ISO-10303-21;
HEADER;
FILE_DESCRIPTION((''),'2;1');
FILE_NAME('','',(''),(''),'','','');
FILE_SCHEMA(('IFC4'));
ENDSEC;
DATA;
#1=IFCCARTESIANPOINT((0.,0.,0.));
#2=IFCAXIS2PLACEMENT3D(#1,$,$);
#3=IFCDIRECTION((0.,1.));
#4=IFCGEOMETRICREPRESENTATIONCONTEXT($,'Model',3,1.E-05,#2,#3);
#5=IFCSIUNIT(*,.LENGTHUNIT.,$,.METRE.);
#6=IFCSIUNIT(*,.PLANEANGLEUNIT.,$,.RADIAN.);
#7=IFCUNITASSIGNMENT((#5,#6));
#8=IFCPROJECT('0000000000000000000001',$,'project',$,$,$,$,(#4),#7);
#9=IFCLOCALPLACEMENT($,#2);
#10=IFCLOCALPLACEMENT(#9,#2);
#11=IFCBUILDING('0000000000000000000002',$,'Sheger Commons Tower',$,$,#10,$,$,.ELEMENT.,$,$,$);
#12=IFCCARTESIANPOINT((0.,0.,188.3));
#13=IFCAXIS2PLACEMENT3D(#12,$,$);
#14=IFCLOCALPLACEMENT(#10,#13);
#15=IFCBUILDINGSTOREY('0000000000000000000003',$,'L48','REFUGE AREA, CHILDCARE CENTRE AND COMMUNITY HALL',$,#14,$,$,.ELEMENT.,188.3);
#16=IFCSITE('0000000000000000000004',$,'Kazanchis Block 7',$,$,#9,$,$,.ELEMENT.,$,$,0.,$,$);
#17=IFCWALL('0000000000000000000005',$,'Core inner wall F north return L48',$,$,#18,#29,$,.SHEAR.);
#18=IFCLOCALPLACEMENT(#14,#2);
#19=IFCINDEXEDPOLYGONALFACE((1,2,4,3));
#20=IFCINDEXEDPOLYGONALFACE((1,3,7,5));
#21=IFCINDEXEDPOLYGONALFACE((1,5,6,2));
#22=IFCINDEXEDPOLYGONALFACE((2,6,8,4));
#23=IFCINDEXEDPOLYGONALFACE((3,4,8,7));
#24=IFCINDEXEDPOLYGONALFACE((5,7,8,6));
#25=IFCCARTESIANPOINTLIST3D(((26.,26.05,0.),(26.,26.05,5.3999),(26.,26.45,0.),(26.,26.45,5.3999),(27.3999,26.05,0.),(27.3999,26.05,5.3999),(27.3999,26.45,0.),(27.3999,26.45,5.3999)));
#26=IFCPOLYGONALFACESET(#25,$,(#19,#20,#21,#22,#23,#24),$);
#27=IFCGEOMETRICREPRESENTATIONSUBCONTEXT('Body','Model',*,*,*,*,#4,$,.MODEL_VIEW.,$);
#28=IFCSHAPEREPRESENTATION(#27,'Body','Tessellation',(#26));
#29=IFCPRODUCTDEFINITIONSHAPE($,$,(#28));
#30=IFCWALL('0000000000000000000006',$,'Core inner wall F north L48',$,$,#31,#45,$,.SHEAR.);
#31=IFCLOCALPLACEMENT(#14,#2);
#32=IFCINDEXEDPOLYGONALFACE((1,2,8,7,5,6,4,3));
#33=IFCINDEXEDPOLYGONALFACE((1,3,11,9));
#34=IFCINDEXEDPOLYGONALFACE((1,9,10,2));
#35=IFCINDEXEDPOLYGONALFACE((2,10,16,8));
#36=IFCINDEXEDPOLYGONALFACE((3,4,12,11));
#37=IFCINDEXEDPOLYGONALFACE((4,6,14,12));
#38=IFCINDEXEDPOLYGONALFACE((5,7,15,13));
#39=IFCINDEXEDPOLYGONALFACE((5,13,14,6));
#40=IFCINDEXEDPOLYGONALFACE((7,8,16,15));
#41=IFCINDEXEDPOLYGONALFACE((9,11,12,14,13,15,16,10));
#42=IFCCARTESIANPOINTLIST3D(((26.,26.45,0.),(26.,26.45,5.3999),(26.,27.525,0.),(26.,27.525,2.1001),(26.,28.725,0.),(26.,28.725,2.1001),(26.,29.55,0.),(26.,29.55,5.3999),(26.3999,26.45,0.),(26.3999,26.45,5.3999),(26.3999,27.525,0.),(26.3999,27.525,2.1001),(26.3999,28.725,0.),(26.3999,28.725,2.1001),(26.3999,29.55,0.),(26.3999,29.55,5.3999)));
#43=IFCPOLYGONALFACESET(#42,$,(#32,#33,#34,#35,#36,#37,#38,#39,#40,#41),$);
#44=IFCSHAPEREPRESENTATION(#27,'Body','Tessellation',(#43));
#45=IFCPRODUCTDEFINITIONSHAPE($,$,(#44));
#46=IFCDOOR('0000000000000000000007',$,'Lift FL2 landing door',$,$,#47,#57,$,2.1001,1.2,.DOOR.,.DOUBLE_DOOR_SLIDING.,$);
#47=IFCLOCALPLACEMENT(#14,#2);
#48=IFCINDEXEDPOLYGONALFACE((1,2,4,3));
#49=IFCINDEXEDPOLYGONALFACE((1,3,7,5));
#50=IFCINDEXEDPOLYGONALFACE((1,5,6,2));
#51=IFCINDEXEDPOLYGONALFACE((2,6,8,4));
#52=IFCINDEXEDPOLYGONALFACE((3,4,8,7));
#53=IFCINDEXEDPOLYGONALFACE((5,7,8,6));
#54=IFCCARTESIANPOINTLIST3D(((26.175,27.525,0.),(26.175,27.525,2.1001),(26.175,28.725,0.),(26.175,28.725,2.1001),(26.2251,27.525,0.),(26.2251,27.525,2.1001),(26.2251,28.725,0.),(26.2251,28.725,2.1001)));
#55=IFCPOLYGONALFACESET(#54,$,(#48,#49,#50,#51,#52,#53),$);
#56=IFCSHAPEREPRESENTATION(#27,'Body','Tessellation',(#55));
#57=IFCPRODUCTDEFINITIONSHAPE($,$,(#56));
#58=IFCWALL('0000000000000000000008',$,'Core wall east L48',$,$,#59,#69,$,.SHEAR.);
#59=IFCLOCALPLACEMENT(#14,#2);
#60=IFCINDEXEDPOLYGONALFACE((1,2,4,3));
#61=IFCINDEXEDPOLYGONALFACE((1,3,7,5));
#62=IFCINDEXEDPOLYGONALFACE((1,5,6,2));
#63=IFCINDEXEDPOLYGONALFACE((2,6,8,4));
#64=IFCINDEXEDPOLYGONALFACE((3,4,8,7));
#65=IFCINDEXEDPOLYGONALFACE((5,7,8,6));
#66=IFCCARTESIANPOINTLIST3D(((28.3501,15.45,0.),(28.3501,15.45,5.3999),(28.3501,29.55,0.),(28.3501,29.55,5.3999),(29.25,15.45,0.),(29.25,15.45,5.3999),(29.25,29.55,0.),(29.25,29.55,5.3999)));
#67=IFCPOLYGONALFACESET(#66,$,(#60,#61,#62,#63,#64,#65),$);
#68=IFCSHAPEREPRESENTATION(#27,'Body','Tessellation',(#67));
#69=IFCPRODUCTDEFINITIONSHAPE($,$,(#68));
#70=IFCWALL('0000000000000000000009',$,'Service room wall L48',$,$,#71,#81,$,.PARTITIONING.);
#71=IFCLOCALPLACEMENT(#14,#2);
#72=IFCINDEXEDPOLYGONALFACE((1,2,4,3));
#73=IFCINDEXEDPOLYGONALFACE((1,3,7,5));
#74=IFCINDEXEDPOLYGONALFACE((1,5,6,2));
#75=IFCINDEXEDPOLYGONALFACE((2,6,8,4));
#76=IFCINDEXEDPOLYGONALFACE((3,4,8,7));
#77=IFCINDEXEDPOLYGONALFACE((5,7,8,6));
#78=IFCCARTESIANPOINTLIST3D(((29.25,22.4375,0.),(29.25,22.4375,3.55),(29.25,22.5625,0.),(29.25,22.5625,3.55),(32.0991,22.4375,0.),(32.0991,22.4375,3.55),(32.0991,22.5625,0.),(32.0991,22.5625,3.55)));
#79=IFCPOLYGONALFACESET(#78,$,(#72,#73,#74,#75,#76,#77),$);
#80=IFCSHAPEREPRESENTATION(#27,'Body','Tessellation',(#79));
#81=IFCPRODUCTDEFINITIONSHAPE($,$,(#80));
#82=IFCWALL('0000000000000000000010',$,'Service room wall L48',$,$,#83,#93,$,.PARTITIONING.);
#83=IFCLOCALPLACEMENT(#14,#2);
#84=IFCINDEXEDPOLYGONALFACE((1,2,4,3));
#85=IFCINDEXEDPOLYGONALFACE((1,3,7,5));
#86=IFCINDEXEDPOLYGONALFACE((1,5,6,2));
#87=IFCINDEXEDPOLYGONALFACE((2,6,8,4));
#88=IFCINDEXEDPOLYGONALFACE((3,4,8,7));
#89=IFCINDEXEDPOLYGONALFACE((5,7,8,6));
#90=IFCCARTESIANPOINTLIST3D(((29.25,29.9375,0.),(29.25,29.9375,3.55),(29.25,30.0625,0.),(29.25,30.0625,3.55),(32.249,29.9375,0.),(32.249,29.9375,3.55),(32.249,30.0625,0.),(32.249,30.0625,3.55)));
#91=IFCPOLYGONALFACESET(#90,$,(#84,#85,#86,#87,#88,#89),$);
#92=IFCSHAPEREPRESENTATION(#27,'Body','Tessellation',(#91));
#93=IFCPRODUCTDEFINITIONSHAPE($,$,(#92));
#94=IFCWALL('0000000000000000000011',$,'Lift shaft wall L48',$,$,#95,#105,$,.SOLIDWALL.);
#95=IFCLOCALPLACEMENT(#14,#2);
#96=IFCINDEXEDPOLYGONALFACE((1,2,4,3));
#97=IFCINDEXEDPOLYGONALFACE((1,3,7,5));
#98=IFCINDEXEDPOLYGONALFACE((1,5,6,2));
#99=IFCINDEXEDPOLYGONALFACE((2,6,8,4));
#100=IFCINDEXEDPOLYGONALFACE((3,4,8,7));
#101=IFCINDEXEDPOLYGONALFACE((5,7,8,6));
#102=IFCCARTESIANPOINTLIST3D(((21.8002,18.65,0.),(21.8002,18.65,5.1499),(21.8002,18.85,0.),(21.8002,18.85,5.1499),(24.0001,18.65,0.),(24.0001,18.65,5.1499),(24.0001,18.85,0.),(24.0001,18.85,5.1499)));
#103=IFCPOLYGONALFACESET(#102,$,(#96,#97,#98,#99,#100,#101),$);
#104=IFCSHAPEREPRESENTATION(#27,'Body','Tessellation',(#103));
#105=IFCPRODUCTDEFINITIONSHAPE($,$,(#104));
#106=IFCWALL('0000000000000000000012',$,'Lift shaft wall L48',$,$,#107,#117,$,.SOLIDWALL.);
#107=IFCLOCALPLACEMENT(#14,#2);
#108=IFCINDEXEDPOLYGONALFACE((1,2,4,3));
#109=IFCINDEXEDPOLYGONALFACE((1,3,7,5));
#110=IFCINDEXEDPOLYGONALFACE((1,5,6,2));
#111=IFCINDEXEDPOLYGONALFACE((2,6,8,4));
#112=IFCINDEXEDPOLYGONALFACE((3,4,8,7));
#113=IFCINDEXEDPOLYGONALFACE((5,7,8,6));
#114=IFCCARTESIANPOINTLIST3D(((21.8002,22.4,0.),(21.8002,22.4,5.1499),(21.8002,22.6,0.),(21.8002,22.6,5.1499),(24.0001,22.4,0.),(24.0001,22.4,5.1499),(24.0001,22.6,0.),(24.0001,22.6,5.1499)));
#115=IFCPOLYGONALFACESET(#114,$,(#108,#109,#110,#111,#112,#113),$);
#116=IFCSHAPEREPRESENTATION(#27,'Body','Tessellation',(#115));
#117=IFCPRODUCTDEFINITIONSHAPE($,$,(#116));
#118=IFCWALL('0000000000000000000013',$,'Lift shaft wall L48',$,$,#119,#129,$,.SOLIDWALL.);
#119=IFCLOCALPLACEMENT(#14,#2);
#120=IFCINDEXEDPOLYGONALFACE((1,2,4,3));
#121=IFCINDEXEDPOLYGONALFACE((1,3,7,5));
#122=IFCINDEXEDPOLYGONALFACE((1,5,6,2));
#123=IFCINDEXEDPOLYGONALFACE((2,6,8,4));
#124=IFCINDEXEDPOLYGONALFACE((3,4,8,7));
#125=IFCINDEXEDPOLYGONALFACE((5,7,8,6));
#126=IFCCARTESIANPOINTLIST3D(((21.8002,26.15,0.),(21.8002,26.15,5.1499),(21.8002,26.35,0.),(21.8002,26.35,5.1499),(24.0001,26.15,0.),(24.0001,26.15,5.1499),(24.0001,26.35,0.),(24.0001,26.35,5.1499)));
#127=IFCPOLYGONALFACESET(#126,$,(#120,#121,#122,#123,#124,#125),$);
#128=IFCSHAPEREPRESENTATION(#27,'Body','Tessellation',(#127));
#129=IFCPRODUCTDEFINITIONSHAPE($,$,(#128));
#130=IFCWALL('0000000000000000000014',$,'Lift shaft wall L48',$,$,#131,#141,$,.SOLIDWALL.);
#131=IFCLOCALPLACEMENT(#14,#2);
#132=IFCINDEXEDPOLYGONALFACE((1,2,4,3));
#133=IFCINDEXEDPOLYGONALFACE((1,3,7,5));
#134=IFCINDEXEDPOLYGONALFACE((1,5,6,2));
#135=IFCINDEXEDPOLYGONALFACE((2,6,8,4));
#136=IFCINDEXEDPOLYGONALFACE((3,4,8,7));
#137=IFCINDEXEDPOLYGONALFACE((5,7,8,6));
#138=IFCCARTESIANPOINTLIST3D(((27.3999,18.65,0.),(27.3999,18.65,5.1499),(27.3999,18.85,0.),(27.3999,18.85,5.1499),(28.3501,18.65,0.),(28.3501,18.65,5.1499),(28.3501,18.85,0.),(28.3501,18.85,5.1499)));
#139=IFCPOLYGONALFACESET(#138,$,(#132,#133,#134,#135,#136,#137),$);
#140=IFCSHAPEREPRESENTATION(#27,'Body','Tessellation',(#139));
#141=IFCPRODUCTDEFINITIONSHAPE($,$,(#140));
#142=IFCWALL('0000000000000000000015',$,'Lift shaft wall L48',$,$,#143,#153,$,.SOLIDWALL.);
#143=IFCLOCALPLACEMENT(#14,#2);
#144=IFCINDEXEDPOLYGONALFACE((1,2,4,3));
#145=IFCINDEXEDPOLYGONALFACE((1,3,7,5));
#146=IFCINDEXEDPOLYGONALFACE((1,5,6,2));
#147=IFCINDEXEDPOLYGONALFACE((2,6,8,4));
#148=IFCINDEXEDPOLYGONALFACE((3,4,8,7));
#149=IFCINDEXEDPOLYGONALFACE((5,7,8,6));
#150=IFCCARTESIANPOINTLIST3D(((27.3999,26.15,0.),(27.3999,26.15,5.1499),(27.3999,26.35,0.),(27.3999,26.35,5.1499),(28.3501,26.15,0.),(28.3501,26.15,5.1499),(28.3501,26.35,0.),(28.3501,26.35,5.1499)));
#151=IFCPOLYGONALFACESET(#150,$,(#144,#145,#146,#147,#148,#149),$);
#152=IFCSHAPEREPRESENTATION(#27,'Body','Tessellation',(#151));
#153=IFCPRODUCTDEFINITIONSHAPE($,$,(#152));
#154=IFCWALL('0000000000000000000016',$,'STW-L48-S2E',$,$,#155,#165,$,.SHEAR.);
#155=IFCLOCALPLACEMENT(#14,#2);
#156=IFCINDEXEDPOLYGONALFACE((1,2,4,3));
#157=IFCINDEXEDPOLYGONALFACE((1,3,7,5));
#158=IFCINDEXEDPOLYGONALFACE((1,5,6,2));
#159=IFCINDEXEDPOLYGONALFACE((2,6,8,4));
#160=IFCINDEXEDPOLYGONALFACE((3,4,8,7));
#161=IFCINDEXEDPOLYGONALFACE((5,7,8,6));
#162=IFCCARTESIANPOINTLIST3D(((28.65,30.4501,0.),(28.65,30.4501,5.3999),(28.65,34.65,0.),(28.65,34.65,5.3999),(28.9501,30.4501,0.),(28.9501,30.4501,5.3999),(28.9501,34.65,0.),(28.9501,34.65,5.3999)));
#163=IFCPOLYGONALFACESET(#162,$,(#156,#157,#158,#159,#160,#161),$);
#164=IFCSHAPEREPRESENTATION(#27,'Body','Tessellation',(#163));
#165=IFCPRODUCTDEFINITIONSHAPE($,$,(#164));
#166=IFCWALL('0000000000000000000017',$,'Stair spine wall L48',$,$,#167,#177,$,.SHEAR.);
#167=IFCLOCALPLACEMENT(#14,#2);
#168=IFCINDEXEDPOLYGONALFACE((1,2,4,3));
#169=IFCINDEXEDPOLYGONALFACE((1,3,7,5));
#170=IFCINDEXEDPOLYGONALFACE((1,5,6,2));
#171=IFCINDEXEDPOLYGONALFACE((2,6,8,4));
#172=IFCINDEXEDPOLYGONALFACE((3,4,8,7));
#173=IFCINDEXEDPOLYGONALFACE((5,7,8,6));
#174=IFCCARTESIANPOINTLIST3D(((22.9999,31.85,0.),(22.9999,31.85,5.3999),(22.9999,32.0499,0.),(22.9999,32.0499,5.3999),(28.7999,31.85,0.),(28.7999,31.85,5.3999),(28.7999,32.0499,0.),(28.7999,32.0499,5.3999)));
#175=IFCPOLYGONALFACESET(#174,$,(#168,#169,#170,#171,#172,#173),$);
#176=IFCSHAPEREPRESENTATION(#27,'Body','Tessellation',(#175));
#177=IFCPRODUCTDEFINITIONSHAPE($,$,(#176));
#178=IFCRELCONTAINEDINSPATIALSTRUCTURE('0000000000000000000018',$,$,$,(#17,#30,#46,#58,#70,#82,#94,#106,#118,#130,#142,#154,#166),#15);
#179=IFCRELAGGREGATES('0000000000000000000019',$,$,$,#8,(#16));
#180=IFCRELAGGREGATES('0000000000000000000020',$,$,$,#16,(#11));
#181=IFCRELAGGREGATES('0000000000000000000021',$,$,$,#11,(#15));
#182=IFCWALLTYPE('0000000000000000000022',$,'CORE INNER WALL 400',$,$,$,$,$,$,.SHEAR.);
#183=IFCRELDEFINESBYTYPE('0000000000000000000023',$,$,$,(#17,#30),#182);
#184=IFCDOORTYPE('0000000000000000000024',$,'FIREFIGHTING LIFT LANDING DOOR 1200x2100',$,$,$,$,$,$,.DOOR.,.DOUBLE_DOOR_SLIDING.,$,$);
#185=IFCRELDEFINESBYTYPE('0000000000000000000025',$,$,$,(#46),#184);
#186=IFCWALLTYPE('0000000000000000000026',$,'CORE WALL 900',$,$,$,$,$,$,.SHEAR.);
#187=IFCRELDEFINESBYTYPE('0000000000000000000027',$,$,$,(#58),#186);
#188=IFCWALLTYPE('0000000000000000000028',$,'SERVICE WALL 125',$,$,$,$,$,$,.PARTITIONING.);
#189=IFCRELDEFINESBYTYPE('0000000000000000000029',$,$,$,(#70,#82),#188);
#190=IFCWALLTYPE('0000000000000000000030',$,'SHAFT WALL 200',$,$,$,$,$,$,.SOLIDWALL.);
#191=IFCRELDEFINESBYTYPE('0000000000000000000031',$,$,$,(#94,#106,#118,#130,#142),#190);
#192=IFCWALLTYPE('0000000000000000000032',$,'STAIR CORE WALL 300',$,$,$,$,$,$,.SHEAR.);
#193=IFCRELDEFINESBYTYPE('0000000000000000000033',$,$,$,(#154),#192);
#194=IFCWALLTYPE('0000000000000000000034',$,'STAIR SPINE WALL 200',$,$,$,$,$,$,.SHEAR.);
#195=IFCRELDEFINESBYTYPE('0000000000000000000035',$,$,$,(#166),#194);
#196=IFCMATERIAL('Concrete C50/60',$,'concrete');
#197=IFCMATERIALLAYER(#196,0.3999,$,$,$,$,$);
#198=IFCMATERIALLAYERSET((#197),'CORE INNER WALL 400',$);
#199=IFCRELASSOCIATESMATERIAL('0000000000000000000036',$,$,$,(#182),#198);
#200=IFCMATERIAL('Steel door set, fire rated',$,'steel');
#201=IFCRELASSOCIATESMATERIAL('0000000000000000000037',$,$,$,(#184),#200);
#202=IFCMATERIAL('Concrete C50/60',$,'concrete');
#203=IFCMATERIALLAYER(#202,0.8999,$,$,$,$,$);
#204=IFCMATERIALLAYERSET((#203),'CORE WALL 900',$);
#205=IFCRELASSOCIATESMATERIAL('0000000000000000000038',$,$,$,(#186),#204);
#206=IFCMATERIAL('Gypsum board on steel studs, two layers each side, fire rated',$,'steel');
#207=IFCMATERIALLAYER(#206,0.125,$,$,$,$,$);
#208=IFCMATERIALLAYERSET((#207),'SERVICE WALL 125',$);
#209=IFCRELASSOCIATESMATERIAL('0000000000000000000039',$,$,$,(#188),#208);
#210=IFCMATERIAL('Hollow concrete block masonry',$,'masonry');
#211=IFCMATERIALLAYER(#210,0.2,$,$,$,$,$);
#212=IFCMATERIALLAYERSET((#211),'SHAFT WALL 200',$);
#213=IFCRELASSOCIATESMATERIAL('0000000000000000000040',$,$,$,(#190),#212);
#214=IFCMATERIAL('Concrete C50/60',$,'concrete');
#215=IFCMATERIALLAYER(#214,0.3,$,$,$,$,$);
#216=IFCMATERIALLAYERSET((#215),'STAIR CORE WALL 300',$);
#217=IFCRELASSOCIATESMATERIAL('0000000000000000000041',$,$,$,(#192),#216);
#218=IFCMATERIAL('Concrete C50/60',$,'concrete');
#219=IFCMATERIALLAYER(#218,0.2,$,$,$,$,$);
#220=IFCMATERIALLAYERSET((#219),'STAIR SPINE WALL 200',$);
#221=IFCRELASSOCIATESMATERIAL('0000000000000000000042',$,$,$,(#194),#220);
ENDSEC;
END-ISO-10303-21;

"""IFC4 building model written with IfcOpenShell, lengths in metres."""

from ifc_helpers import new_model, si_unit, direction, frame, frame_2d, origin, place, context, subcontext, project, spatial, rectangle, extrude, material, layer, layer_set, type_object, element, fill, save


model = new_model("IFC4")

# Units and contexts
model_context = context("Model", 3, precision=1e-05, world=origin(), true_north=direction((0.0, 1.0)))
body_context = subcontext(model_context, "Body", "Model", "MODEL_VIEW")
ifc_project = project(units=[si_unit("LENGTHUNIT", "METRE"), si_unit("PLANEANGLEUNIT", "RADIAN")], contexts=[model_context])

# Site, building, storey
site_placement = place(None, origin())
site = spatial("IfcSite", under=ifc_project, at=site_placement, Name="Kazanchis Block 7", CompositionType="ELEMENT", RefElevation=0.0)
building_placement = place(site_placement, origin())
building = spatial("IfcBuilding", under=site, at=building_placement, Name="Sheger Commons Tower", CompositionType="ELEMENT")
storey_placement = place(building_placement, frame((0.0, 0.0, 188.3)))
storey = spatial("IfcBuildingStorey", under=building, at=storey_placement, Name="L48", Description="REFUGE AREA, CHILDCARE CENTRE AND COMMUNITY HALL", CompositionType="ELEMENT", Elevation=188.3)

# Shared definitions
ifc_material_1 = material(Name="Concrete C50/60", Category="concrete")
ifc_layer_1 = layer(ifc_material_1, 0.3999)
ifc_layer_set_1 = layer_set([ifc_layer_1], Name="CORE INNER WALL 400")
wall_type_1 = type_object("IfcWallType", Name="CORE INNER WALL 400", PredefinedType="SHEAR", material=ifc_layer_set_1)

# Shared definitions
ifc_material_2 = material(Name="Steel door set, fire rated", Category="steel")
door_type = type_object("IfcDoorType", Name="FIREFIGHTING LIFT LANDING DOOR 1200x2100", OperationType="DOUBLE_DOOR_SLIDING", PredefinedType="DOOR", material=ifc_material_2)

# Wall
wall_1_placement = place(storey_placement, frame((26.0, 26.25, 0.0), z_axis=(0.0, 0.0, 1.0), x_axis=(1.0, 0.0, 0.0)))
element("IfcWall", 1, at=wall_1_placement, inside=storey, type_object=wall_type_1, Name="Core inner wall F north return L48", PredefinedType="SHEAR", context=body_context, shape_type="SweptSolid", body=[
    extrude(rectangle(XDim=1.3999, YDim=0.3999, at=frame_2d((0.7, 0.0))), origin(), (0.0, 0.0, 1.0), 5.3999),
])

# Wall, opening, door
wall_2_placement = place(storey_placement, frame((26.2, 26.45, 0.0), z_axis=(0.0, 0.0, 1.0), x_axis=(0.0, 1.0, 0.0)))
wall_2 = element("IfcWall", 2, at=wall_2_placement, inside=storey, type_object=wall_type_1, Name="Core inner wall F north L48", PredefinedType="SHEAR", context=body_context, shape_type="SweptSolid", body=[
    extrude(rectangle(XDim=3.1001, YDim=0.3999, at=frame_2d((1.55, 0.0))), origin(), (0.0, 0.0, 1.0), 5.3999),
])
opening_1_placement = place(wall_2_placement, frame((1.075, 0.0, 0.0)))
opening_1 = element("IfcOpeningElement", 3, at=opening_1_placement, cuts=wall_2, PredefinedType="OPENING", context=body_context, shape_type="SweptSolid", body=[
    extrude(rectangle(XDim=1.2, YDim=2.1001, at=frame_2d((0.6001, 1.05))), frame((0.0, 0.21, 0.0), z_axis=(0.0, -1.0, 0.0), x_axis=(1.0, 0.0, 0.0)), (0.0, 0.0, 1.0), 0.4199),
])
door_1_placement = place(opening_1_placement, origin())
door_1 = element("IfcDoor", 4, at=door_1_placement, inside=storey, type_object=door_type, Name="Lift FL2 landing door", OperationType="DOUBLE_DOOR_SLIDING", OverallHeight=2.1001, OverallWidth=1.2, PredefinedType="DOOR", context=body_context, shape_type="SweptSolid", body=[
    extrude(rectangle(XDim=1.2, YDim=2.1001, at=frame_2d((0.6001, 1.05))), frame((0.0, 0.0249, 0.0), z_axis=(0.0, -1.0, 0.0), x_axis=(1.0, 0.0, 0.0)), (0.0, 0.0, 1.0), 0.05),
])
fill(opening_1, door_1)

# Walls
ifc_material_3 = material(Name="Concrete C50/60", Category="concrete")
ifc_layer_2 = layer(ifc_material_3, 0.8999)
ifc_layer_set_2 = layer_set([ifc_layer_2], Name="CORE WALL 900")
wall_type_2 = type_object("IfcWallType", Name="CORE WALL 900", PredefinedType="SHEAR", material=ifc_layer_set_2)
wall_3_placement = place(storey_placement, frame((28.8, 15.45, 0.0), z_axis=(0.0, 0.0, 1.0), x_axis=(0.0, 1.0, 0.0)))
element("IfcWall", 5, at=wall_3_placement, inside=storey, type_object=wall_type_2, Name="Core wall east L48", PredefinedType="SHEAR", context=body_context, shape_type="SweptSolid", body=[
    extrude(rectangle(XDim=14.1001, YDim=0.8999, at=frame_2d((7.05, 0.0))), origin(), (0.0, 0.0, 1.0), 5.3999),
])
ifc_material_4 = material(Name="Gypsum board on steel studs, two layers each side, fire rated", Category="steel")
ifc_layer_3 = layer(ifc_material_4, 0.125)
ifc_layer_set_3 = layer_set([ifc_layer_3], Name="SERVICE WALL 125")
wall_type_3 = type_object("IfcWallType", Name="SERVICE WALL 125", PredefinedType="PARTITIONING", material=ifc_layer_set_3)
wall_4_placement = place(storey_placement, frame((29.25, 22.5, 0.0), z_axis=(0.0, 0.0, 1.0), x_axis=(1.0, 0.0, 0.0)))
element("IfcWall", 6, at=wall_4_placement, inside=storey, type_object=wall_type_3, Name="Service room wall L48", PredefinedType="PARTITIONING", context=body_context, shape_type="SweptSolid", body=[
    extrude(rectangle(XDim=2.8491, YDim=0.125, at=frame_2d((1.4246, 0.0))), origin(), (0.0, 0.0, 1.0), 3.55),
])
wall_5_placement = place(storey_placement, frame((29.25, 30.0, 0.0), z_axis=(0.0, 0.0, 1.0), x_axis=(1.0, 0.0, 0.0)))
element("IfcWall", 7, at=wall_5_placement, inside=storey, type_object=wall_type_3, Name="Service room wall L48", PredefinedType="PARTITIONING", context=body_context, shape_type="SweptSolid", body=[
    extrude(rectangle(XDim=2.999, YDim=0.125, at=frame_2d((1.4995, 0.0))), origin(), (0.0, 0.0, 1.0), 3.55),
])
ifc_material_5 = material(Name="Hollow concrete block masonry", Category="masonry")
ifc_layer_4 = layer(ifc_material_5, 0.2)
ifc_layer_set_4 = layer_set([ifc_layer_4], Name="SHAFT WALL 200")
wall_type_4 = type_object("IfcWallType", Name="SHAFT WALL 200", PredefinedType="SOLIDWALL", material=ifc_layer_set_4)
for number, where, z_axis, x_axis, name in (
    (8, (21.8, 18.75, 0.0), (0.0, 0.0, 1.0), (1.0, 0.0, 0.0), "Lift shaft wall L48"),
    (9, (21.8, 22.5, 0.0), (0.0, 0.0, 1.0), (1.0, 0.0, 0.0), "Lift shaft wall L48"),
    (10, (21.8, 26.25, 0.0), (0.0, 0.0, 1.0), (1.0, 0.0, 0.0), "Lift shaft wall L48"),
):
    element("IfcWall", number, at=place(storey_placement, frame(where, z_axis=z_axis, x_axis=x_axis)), inside=storey, type_object=wall_type_4, Name=name, PredefinedType="SOLIDWALL", context=body_context, shape_type="SweptSolid", body=[
        extrude(rectangle(XDim=2.2, YDim=0.2, at=frame_2d((1.1001, 0.0))), origin(), (0.0, 0.0, 1.0), 5.1499),
    ])
for number, where, z_axis, x_axis, name in (
    (11, (27.3999, 18.75, 0.0), (0.0, 0.0, 1.0), (1.0, 0.0, 0.0), "Lift shaft wall L48"),
    (12, (27.3999, 26.25, 0.0), (0.0, 0.0, 1.0), (1.0, 0.0, 0.0), "Lift shaft wall L48"),
):
    element("IfcWall", number, at=place(storey_placement, frame(where, z_axis=z_axis, x_axis=x_axis)), inside=storey, type_object=wall_type_4, Name=name, PredefinedType="SOLIDWALL", context=body_context, shape_type="SweptSolid", body=[
        extrude(rectangle(XDim=0.9502, YDim=0.2, at=frame_2d((0.4751, 0.0))), origin(), (0.0, 0.0, 1.0), 5.1499),
    ])
ifc_material_6 = material(Name="Concrete C50/60", Category="concrete")
ifc_layer_5 = layer(ifc_material_6, 0.3)
ifc_layer_set_5 = layer_set([ifc_layer_5], Name="STAIR CORE WALL 300")
wall_type_5 = type_object("IfcWallType", Name="STAIR CORE WALL 300", PredefinedType="SHEAR", material=ifc_layer_set_5)
wall_6_placement = place(storey_placement, frame((28.8, 30.45, 0.0), z_axis=(0.0, 0.0, 1.0), x_axis=(0.0, 1.0, 0.0)))
element("IfcWall", 13, at=wall_6_placement, inside=storey, type_object=wall_type_5, Name="STW-L48-S2E", PredefinedType="SHEAR", context=body_context, shape_type="SweptSolid", body=[
    extrude(rectangle(XDim=4.2, YDim=0.3, at=frame_2d((2.1001, 0.0))), origin(), (0.0, 0.0, 1.0), 5.3999),
])
ifc_material_7 = material(Name="Concrete C50/60", Category="concrete")
ifc_layer_6 = layer(ifc_material_7, 0.2)
ifc_layer_set_6 = layer_set([ifc_layer_6], Name="STAIR SPINE WALL 200")
wall_type_6 = type_object("IfcWallType", Name="STAIR SPINE WALL 200", PredefinedType="SHEAR", material=ifc_layer_set_6)
wall_7_placement = place(storey_placement, frame((23.0, 31.95, 0.0), z_axis=(0.0, 0.0, 1.0), x_axis=(1.0, 0.0, 0.0)))
element("IfcWall", 14, at=wall_7_placement, inside=storey, type_object=wall_type_6, Name="Stair spine wall L48", PredefinedType="SHEAR", context=body_context, shape_type="SweptSolid", body=[
    extrude(rectangle(XDim=5.8, YDim=0.2, at=frame_2d((2.8999, 0.0))), origin(), (0.0, 0.0, 1.0), 5.3999),
])

save(model, "model.ifc")
